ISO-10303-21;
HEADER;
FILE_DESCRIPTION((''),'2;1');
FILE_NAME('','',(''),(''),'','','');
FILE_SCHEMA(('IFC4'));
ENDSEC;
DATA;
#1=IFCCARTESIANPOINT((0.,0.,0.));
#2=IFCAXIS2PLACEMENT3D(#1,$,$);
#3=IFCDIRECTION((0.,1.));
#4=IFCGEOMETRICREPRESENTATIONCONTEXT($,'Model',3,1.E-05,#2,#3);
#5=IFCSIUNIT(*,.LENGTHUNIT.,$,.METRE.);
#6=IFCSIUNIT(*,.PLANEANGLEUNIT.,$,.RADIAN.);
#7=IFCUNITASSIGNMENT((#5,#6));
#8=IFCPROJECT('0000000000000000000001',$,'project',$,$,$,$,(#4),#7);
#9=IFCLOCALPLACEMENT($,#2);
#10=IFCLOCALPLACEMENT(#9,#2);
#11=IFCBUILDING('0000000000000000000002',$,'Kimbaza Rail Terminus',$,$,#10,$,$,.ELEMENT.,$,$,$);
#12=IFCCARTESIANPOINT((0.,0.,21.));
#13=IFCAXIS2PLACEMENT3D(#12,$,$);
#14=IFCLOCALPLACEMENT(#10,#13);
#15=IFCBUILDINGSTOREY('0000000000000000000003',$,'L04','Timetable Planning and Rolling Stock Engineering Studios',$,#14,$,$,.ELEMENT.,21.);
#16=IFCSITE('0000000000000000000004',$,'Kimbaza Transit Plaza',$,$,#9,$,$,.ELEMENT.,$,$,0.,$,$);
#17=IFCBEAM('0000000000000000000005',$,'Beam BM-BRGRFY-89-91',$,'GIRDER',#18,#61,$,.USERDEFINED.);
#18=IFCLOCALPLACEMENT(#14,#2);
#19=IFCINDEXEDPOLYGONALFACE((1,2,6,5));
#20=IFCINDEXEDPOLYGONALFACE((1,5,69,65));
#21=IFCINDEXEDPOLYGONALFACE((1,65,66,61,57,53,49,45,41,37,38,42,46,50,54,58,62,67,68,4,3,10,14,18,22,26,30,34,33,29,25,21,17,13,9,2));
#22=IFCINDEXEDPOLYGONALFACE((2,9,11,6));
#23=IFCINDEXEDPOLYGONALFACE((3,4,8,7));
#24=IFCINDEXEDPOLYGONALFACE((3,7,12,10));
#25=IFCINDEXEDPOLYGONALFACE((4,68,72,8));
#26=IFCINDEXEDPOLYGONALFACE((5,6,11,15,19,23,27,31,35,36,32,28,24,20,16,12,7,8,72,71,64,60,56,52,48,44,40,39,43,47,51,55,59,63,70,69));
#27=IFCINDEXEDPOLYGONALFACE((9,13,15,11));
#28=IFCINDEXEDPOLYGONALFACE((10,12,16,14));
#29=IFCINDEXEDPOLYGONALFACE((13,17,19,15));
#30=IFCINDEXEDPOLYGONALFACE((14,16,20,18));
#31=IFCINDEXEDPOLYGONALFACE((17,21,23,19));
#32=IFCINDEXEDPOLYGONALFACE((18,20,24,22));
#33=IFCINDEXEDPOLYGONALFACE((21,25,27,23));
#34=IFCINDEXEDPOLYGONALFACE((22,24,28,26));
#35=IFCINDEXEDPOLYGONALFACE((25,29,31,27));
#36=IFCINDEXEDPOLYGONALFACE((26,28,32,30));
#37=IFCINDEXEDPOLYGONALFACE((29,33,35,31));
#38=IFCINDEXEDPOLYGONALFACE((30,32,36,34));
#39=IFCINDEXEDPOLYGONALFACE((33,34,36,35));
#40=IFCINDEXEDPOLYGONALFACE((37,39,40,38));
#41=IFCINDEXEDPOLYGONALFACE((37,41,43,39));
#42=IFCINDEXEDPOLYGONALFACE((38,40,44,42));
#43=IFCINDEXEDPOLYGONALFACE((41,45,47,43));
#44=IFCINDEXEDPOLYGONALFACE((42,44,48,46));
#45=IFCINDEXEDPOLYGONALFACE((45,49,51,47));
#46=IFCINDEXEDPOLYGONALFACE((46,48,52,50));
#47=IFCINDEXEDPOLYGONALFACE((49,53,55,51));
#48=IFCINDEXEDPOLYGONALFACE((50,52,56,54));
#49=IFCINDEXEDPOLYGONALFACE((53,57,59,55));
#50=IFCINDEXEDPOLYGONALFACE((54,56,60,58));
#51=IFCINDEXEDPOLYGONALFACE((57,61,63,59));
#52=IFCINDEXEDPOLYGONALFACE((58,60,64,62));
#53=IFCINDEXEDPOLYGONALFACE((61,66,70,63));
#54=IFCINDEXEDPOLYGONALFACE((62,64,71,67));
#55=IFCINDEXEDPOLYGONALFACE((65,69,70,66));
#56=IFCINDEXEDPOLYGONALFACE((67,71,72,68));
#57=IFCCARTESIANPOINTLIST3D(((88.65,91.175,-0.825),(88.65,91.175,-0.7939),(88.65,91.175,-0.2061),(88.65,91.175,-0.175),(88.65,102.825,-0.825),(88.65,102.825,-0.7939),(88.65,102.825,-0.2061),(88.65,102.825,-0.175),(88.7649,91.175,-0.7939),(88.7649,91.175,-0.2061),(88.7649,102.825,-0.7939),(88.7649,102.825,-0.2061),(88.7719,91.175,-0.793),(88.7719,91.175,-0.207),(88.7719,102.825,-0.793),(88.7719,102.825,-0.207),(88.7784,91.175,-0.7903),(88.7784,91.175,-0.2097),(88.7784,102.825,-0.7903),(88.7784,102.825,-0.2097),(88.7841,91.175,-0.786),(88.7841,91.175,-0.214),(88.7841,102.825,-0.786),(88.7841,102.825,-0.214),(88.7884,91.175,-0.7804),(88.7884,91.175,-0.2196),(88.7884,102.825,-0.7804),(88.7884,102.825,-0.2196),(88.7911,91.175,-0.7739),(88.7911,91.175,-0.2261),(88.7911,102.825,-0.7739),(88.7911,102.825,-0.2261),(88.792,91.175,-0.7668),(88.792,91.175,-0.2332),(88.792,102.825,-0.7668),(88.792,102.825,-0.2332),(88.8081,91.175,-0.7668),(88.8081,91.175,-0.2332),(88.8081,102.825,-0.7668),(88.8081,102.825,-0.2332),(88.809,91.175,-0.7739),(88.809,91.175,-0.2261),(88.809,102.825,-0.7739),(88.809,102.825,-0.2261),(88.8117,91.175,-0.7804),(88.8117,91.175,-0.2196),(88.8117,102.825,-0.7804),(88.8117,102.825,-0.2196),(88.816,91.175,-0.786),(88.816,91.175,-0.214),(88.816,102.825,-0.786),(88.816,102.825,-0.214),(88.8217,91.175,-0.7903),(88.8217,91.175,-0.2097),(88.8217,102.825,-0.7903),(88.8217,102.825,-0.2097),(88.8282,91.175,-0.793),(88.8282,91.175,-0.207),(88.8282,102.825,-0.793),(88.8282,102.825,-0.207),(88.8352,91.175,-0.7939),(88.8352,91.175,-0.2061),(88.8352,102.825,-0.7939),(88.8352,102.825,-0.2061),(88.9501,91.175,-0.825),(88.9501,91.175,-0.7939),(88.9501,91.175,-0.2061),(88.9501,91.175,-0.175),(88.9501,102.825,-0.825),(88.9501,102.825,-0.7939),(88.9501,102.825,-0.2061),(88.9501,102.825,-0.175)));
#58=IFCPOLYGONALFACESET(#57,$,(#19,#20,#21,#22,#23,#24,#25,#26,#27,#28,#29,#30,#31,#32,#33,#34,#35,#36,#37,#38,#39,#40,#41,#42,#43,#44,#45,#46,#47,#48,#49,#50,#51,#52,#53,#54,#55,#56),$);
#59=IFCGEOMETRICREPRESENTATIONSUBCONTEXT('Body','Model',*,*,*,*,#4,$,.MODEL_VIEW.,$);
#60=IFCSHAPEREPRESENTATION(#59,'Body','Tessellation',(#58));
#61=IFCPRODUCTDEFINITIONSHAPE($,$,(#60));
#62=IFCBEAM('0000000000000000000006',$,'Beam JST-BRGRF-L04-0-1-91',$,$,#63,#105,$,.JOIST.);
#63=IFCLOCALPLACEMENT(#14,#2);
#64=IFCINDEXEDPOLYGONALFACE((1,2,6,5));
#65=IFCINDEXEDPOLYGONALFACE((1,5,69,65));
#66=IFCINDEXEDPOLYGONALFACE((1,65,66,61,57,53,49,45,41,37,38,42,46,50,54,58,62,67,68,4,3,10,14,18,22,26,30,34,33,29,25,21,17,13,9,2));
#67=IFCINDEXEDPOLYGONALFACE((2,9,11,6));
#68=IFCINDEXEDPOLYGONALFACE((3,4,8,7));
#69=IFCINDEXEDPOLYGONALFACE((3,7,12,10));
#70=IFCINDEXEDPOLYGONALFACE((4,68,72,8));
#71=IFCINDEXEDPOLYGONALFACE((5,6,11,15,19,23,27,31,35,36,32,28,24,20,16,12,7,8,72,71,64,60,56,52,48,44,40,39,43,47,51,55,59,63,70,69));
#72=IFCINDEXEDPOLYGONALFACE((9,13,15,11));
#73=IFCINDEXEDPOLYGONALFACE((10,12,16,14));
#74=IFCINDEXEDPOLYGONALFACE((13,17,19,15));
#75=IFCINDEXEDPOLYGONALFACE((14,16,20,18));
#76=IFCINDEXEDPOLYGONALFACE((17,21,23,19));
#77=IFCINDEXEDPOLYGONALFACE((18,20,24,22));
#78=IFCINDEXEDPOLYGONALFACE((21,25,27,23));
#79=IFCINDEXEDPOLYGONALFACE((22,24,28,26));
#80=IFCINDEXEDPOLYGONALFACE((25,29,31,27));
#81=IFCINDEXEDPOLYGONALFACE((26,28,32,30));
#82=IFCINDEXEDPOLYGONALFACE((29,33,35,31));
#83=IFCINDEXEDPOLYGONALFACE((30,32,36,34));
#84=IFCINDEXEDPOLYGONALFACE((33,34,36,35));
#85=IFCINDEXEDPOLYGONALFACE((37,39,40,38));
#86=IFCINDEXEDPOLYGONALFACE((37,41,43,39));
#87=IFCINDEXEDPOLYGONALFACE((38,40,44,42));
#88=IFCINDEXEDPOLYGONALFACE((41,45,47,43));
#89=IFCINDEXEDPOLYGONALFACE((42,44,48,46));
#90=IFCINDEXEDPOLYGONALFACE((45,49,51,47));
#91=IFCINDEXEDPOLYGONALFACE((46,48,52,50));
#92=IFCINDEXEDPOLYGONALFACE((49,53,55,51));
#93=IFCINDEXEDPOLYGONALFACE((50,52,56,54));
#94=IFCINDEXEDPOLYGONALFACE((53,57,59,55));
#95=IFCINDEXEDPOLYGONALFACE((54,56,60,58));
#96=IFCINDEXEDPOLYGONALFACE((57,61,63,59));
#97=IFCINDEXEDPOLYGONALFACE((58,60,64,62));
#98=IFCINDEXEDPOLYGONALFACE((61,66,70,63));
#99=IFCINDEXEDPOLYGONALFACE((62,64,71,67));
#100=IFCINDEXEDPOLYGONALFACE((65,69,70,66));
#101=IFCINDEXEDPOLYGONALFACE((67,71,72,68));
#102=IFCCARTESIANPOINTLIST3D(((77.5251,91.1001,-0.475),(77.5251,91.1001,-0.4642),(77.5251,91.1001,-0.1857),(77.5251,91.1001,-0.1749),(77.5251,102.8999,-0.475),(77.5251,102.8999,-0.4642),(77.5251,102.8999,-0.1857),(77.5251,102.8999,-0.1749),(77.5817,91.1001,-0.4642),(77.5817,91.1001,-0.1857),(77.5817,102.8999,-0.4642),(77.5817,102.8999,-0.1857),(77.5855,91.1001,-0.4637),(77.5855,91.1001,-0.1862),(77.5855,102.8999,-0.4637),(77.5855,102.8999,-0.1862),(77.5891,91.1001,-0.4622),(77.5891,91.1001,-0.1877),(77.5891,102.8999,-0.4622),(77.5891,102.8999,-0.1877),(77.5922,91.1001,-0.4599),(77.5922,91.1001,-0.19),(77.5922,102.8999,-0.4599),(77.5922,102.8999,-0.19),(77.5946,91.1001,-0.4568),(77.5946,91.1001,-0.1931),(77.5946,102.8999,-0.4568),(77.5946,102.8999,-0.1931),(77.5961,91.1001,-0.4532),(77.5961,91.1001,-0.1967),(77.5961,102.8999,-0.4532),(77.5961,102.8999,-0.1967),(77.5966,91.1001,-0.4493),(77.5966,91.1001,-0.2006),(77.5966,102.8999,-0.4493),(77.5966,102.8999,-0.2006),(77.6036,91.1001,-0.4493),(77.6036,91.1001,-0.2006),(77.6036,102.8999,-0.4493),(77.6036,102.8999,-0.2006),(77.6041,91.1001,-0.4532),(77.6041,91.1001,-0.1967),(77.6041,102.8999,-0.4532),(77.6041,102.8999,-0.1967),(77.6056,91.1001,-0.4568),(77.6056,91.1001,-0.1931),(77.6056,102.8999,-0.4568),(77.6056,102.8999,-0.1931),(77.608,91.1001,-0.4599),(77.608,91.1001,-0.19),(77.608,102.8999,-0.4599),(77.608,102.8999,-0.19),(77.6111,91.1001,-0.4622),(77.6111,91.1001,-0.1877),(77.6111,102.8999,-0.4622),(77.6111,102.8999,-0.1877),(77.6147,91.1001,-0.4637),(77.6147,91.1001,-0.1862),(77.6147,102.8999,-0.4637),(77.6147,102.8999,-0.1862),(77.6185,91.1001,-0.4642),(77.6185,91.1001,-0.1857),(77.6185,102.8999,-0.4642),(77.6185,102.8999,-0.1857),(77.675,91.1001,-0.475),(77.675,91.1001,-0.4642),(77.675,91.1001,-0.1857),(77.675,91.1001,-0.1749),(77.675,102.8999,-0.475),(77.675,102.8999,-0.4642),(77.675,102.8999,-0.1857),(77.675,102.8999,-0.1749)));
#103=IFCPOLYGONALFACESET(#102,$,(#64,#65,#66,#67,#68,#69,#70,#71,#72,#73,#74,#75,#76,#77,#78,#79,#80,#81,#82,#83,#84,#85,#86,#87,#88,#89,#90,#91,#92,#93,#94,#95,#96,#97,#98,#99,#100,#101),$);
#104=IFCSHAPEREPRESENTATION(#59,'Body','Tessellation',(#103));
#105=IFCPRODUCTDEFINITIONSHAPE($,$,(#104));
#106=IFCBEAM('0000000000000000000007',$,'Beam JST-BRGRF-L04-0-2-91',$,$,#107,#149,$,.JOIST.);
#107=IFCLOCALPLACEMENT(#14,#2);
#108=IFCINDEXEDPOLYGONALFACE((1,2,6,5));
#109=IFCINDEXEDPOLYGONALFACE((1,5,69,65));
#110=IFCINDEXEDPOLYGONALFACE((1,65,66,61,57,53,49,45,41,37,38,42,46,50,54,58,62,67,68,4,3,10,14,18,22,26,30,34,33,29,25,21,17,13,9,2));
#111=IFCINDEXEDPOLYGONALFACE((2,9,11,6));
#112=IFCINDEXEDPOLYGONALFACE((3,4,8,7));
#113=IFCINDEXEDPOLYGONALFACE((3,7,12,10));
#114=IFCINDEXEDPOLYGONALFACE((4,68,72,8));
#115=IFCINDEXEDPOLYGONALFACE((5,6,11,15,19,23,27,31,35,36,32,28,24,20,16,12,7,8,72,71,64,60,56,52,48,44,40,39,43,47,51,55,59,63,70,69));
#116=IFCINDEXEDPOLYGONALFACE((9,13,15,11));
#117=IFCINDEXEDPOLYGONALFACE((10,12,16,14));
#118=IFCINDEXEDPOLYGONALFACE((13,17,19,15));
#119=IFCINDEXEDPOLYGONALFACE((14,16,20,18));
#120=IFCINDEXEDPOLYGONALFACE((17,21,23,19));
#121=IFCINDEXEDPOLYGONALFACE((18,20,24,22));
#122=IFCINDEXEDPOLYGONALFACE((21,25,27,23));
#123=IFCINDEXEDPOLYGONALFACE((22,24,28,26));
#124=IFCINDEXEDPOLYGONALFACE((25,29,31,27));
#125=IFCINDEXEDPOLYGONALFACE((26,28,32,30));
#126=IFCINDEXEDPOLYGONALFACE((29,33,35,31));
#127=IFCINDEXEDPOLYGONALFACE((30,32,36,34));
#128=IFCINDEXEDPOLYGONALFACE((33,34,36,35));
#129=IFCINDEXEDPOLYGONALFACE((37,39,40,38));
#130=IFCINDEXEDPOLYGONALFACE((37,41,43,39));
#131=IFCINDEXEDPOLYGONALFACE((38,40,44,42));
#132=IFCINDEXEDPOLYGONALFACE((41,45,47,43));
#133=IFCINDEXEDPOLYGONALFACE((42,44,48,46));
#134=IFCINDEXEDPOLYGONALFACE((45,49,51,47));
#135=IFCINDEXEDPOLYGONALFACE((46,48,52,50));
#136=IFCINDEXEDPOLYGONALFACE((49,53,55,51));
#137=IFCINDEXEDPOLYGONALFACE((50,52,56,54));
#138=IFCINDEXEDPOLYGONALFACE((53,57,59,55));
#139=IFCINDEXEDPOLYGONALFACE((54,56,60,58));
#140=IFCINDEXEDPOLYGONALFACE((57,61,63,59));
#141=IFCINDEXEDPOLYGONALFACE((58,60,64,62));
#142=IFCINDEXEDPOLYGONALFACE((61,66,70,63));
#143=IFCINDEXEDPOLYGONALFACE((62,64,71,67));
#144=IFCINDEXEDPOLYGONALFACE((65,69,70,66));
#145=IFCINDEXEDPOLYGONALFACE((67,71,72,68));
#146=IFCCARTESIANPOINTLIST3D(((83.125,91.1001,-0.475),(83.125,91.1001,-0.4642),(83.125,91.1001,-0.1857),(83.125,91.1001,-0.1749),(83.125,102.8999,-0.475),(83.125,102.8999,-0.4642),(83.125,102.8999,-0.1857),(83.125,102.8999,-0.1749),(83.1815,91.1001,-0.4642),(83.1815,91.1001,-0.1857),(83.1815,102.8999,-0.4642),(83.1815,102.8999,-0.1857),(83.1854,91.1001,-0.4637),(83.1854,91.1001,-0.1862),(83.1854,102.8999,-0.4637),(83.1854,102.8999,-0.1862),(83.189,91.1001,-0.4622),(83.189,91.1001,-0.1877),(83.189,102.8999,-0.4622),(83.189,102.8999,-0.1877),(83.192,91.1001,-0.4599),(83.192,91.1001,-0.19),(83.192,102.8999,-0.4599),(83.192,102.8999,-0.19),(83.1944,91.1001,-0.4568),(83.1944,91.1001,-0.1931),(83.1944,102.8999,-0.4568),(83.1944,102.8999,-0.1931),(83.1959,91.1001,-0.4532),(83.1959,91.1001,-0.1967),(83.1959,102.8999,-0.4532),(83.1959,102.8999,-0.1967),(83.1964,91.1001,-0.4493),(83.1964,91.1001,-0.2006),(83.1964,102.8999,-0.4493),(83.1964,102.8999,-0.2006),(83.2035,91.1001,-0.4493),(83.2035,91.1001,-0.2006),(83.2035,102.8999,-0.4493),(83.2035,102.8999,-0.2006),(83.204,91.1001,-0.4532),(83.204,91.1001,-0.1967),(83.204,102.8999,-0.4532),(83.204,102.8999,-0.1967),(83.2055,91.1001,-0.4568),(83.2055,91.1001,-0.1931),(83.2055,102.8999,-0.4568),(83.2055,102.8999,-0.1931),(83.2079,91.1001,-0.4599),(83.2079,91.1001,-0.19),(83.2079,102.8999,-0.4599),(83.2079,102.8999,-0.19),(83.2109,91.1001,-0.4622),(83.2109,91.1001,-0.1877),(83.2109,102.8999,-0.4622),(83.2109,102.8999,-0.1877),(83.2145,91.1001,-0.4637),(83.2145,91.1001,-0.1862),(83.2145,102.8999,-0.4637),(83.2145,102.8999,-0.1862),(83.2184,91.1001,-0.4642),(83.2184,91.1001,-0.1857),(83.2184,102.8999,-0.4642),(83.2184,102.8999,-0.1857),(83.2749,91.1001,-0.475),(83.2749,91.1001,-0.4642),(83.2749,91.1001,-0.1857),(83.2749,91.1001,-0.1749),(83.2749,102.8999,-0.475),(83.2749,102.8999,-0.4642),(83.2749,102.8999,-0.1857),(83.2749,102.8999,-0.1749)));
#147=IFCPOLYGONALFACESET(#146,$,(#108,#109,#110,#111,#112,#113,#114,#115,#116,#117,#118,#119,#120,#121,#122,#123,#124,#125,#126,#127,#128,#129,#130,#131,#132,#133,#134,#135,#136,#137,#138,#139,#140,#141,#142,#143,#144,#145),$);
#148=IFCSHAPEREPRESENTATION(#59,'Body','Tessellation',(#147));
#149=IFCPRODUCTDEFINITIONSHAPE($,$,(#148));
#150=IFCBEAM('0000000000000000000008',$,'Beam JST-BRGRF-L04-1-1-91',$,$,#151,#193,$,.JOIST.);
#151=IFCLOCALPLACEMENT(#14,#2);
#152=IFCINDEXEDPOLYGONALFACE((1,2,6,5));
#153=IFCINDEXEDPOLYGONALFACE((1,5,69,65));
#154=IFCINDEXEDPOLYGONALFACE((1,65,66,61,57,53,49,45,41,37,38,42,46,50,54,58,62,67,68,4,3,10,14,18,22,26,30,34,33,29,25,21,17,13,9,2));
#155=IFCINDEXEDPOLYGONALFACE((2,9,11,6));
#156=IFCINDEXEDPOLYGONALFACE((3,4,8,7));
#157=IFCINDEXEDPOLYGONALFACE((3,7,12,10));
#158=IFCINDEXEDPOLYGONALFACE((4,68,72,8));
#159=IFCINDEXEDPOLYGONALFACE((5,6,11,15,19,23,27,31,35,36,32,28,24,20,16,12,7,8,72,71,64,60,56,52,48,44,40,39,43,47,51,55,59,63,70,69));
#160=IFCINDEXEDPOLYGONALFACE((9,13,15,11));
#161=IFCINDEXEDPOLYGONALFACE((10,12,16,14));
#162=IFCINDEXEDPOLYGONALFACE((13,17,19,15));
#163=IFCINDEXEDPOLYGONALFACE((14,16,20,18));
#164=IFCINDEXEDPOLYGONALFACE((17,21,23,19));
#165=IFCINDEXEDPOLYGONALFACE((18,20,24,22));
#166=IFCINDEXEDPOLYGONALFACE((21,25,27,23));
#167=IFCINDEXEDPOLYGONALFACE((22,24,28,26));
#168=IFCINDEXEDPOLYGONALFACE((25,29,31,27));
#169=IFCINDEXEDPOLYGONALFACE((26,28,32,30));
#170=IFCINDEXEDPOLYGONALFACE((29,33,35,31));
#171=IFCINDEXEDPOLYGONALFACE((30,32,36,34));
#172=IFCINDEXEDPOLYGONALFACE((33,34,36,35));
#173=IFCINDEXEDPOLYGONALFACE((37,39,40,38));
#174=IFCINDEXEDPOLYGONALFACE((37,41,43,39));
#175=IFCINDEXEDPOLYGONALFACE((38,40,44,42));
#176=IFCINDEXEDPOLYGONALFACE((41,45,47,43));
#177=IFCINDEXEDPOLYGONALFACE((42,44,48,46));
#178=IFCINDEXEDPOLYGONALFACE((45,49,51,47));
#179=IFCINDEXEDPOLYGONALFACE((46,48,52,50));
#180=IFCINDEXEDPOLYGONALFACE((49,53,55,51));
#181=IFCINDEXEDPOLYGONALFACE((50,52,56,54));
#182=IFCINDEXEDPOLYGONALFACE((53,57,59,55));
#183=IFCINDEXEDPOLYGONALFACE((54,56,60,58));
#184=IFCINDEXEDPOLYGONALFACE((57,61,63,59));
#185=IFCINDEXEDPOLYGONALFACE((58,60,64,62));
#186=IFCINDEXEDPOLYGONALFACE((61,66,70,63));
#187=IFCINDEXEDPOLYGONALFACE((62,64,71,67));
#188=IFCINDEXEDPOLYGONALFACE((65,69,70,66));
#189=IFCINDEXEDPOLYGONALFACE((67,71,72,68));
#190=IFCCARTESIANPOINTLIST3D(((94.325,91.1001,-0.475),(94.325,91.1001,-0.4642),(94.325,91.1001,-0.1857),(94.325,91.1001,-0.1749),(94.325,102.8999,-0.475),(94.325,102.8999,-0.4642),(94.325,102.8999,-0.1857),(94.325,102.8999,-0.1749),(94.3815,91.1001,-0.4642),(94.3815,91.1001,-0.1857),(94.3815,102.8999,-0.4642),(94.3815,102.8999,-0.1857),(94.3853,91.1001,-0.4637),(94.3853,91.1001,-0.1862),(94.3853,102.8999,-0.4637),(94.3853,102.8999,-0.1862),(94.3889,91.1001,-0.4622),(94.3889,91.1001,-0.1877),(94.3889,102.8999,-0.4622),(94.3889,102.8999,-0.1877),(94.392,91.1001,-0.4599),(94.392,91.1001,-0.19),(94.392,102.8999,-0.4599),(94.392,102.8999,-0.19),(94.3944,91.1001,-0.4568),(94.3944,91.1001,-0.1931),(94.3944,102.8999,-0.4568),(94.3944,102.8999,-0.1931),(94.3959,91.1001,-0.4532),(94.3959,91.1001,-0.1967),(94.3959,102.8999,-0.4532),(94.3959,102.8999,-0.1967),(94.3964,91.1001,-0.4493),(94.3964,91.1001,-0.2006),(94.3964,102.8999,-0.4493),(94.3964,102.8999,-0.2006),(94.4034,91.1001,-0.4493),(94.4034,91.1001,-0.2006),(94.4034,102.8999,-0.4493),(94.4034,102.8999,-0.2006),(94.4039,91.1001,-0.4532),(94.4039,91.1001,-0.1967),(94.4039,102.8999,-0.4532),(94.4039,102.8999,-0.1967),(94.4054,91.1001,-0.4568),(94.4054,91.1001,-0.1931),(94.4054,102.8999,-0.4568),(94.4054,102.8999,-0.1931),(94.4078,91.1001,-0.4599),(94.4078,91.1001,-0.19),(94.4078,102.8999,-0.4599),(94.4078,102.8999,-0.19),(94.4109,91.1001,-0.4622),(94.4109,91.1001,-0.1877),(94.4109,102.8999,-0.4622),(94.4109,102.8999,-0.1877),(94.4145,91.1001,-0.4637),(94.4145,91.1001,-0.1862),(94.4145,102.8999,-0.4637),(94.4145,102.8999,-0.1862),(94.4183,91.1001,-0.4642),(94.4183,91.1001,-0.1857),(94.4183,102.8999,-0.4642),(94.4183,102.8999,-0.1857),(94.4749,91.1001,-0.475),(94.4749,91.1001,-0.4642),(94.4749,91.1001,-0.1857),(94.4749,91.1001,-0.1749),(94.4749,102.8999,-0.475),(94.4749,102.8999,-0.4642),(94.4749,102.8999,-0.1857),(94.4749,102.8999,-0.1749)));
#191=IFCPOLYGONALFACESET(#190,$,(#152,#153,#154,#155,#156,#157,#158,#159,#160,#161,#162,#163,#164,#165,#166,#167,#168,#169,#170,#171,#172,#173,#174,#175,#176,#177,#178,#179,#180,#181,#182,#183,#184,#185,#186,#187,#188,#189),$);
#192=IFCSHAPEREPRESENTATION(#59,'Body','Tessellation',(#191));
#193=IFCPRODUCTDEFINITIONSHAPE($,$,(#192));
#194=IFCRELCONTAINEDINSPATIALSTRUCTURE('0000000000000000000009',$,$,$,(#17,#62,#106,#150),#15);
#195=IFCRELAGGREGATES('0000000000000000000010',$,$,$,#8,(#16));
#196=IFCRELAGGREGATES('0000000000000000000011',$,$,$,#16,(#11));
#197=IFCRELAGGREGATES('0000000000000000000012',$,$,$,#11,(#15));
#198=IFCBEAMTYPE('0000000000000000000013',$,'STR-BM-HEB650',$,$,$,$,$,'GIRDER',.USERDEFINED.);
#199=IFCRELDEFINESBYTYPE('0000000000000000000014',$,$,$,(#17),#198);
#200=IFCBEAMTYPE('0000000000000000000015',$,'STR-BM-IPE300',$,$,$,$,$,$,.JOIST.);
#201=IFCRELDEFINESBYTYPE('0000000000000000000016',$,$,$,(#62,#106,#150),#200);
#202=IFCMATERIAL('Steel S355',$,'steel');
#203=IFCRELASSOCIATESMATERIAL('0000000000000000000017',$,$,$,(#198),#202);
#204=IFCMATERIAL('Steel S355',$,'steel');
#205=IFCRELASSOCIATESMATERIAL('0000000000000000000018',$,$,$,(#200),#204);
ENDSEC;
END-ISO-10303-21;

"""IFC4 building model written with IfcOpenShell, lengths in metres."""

from ifc_helpers import new_model, si_unit, direction, frame, origin, origin_2d, place, context, subcontext, project, spatial, i_section, extrude, material, material_profile, profile_set, type_object, element, save


model = new_model("IFC4")

# Units and contexts
model_context = context("Model", 3, precision=1e-05, world=origin(), true_north=direction((0.0, 1.0)))
body_context = subcontext(model_context, "Body", "Model", "MODEL_VIEW")
ifc_project = project(units=[si_unit("LENGTHUNIT", "METRE"), si_unit("PLANEANGLEUNIT", "RADIAN")], contexts=[model_context])

# Site, building, storey
site_placement = place(None, origin())
site = spatial("IfcSite", under=ifc_project, at=site_placement, Name="Kimbaza Transit Plaza", CompositionType="ELEMENT", RefElevation=0.0)
building_placement = place(site_placement, origin())
building = spatial("IfcBuilding", under=site, at=building_placement, Name="Kimbaza Rail Terminus", CompositionType="ELEMENT")
storey_placement = place(building_placement, frame((0.0, 0.0, 21.0)))
storey = spatial("IfcBuildingStorey", under=building, at=storey_placement, Name="L04", Description="Timetable Planning and Rolling Stock Engineering Studios", CompositionType="ELEMENT", Elevation=21.0)

# Beams
ifc_material_1 = material(Name="Steel S355", Category="steel")
ifc_material_profile_1 = material_profile(ifc_material_1, i_section(OverallWidth=0.3, OverallDepth=0.6499, WebThickness=0.0161, FlangeThickness=0.031, FilletRadius=0.0271, at=origin_2d()), Name="HEB 650")
ifc_profile_set_1 = profile_set([ifc_material_profile_1], Name="Steel S355")
beam_type_1 = type_object("IfcBeamType", Name="STR-BM-HEB650", ElementType="GIRDER", PredefinedType="USERDEFINED", material=ifc_profile_set_1)
beam_1_placement = place(storey_placement, frame((88.8, 91.175, -0.5), z_axis=(0.0, 1.0, 0.0), x_axis=(-1.0, 0.0, 0.0)))
element("IfcBeam", 1, at=beam_1_placement, inside=storey, type_object=beam_type_1, Name="Beam BM-BRGRFY-89-91", ObjectType="GIRDER", PredefinedType="USERDEFINED", context=body_context, shape_type="SweptSolid", body=[
    extrude(i_section(OverallWidth=0.3, OverallDepth=0.6499, WebThickness=0.0161, FlangeThickness=0.031, FilletRadius=0.0271, at=origin_2d()), origin(), (0.0, 0.0, 1.0), 11.6499),
])
ifc_material_2 = material(Name="Steel S355", Category="steel")
ifc_material_profile_2 = material_profile(ifc_material_2, i_section(OverallWidth=0.1499, OverallDepth=0.3, WebThickness=0.0071, FlangeThickness=0.0107, FilletRadius=0.0149, at=origin_2d()), Name="IPE 300")
ifc_profile_set_2 = profile_set([ifc_material_profile_2], Name="Steel S355")
beam_type_2 = type_object("IfcBeamType", Name="STR-BM-IPE300", PredefinedType="JOIST", material=ifc_profile_set_2)
for number, where, z_axis, x_axis, name in (
    (2, (77.6001, 91.1001, -0.325), (0.0, 1.0, 0.0), (-1.0, 0.0, 0.0), "Beam JST-BRGRF-L04-0-1-91"),
    (3, (83.2, 91.1001, -0.325), (0.0, 1.0, 0.0), (-1.0, 0.0, 0.0), "Beam JST-BRGRF-L04-0-2-91"),
    (4, (94.3999, 91.1001, -0.325), (0.0, 1.0, 0.0), (-1.0, 0.0, 0.0), "Beam JST-BRGRF-L04-1-1-91"),
):
    element("IfcBeam", number, at=place(storey_placement, frame(where, z_axis=z_axis, x_axis=x_axis)), inside=storey, type_object=beam_type_2, Name=name, PredefinedType="JOIST", context=body_context, shape_type="SweptSolid", body=[
        extrude(i_section(OverallWidth=0.1499, OverallDepth=0.3, WebThickness=0.0071, FlangeThickness=0.0107, FilletRadius=0.0149, at=origin_2d()), origin(), (0.0, 0.0, 1.0), 11.7998),
    ])

save(model, "model.ifc")
